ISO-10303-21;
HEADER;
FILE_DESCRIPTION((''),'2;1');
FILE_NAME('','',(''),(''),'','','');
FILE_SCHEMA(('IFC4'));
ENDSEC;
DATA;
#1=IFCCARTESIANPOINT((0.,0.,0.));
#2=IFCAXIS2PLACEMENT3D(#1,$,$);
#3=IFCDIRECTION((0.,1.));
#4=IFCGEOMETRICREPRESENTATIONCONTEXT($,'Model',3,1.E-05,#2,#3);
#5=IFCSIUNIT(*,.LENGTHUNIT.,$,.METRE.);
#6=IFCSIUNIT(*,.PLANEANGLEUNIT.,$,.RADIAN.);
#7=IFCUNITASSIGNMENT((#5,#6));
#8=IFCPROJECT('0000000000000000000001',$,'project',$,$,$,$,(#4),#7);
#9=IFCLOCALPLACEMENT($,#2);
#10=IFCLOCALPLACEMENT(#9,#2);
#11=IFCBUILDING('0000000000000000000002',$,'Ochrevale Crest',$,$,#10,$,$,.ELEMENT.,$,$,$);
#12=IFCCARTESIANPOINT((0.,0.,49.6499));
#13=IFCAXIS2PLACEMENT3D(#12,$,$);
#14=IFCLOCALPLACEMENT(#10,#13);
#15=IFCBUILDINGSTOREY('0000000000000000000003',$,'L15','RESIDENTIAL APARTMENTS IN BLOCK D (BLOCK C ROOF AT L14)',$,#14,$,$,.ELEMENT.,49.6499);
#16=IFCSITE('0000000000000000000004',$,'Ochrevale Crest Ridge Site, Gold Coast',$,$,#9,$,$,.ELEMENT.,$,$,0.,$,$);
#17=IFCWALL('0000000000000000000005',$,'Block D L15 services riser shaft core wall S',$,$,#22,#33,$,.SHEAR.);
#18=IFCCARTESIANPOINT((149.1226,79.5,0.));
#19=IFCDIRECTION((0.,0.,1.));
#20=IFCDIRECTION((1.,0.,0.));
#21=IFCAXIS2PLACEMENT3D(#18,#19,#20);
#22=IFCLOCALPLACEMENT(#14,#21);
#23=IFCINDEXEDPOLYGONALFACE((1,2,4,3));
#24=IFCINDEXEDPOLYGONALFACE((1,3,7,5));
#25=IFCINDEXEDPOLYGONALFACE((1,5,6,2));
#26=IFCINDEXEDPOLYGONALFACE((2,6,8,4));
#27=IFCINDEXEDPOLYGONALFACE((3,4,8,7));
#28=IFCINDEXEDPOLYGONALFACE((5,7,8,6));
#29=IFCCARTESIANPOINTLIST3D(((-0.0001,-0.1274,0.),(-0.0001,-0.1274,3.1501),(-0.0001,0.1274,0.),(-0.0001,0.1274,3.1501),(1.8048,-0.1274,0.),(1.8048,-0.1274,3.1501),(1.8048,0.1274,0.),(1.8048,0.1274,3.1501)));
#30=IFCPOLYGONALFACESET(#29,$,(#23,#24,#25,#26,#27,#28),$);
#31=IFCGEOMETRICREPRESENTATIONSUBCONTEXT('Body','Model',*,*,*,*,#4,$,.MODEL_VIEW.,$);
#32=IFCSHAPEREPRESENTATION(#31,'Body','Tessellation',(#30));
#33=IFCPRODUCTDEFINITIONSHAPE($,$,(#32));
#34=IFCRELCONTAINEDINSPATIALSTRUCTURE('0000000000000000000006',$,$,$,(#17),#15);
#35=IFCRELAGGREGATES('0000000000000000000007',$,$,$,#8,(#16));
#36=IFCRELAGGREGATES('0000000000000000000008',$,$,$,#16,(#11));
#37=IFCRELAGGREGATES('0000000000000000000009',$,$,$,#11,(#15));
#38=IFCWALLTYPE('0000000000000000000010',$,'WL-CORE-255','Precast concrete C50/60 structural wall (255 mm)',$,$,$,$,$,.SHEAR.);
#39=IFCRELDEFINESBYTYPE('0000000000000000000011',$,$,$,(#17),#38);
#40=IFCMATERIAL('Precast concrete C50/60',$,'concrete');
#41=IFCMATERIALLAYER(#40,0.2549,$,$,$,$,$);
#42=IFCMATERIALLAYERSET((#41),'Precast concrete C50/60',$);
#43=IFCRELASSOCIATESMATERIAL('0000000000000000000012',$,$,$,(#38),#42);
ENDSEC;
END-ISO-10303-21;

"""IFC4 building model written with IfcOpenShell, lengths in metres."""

from ifc_helpers import new_model, si_unit, direction, frame, frame_2d, origin, place, context, subcontext, project, spatial, rectangle, extrude, material, layer, layer_set, type_object, element, save


model = new_model("IFC4")

# Units and contexts
model_context = context("Model", 3, precision=1e-05, world=origin(), true_north=direction((0.0, 1.0)))
body_context = subcontext(model_context, "Body", "Model", "MODEL_VIEW")
ifc_project = project(units=[si_unit("LENGTHUNIT", "METRE"), si_unit("PLANEANGLEUNIT", "RADIAN")], contexts=[model_context])

# Site, building, storey
site_placement = place(None, origin())
site = spatial("IfcSite", under=ifc_project, at=site_placement, Name="Ochrevale Crest Ridge Site, Gold Coast", CompositionType="ELEMENT", RefElevation=0.0)
building_placement = place(site_placement, origin())
building = spatial("IfcBuilding", under=site, at=building_placement, Name="Ochrevale Crest", CompositionType="ELEMENT")
storey_placement = place(building_placement, frame((0.0, 0.0, 49.6499)))
storey = spatial("IfcBuildingStorey", under=building, at=storey_placement, Name="L15", Description="RESIDENTIAL APARTMENTS IN BLOCK D (BLOCK C ROOF AT L14)", CompositionType="ELEMENT", Elevation=49.6499)

# Shared definitions
ifc_material_1 = material(Name="Precast concrete C50/60", Category="concrete")

# Wall
ifc_layer_1 = layer(ifc_material_1, 0.2549)
ifc_layer_set_1 = layer_set([ifc_layer_1], Name="Precast concrete C50/60")
wall_type_1 = type_object("IfcWallType", Name="WL-CORE-255", Description="Precast concrete C50/60 structural wall (255 mm)", PredefinedType="SHEAR", material=ifc_layer_set_1)
wall_1_placement = place(storey_placement, frame((149.1226, 79.5, 0.0), z_axis=(0.0, 0.0, 1.0), x_axis=(1.0, 0.0, 0.0)))
element("IfcWall", 1, at=wall_1_placement, inside=storey, type_object=wall_type_1, Name="Block D L15 services riser shaft core wall S", PredefinedType="SHEAR", context=body_context, shape_type="SweptSolid", body=[
    extrude(rectangle(XDim=1.8049, YDim=0.2549, at=frame_2d((0.9023, 0.0))), origin(), (0.0, 0.0, 1.0), 3.1501),
])

save(model, "model.ifc")
